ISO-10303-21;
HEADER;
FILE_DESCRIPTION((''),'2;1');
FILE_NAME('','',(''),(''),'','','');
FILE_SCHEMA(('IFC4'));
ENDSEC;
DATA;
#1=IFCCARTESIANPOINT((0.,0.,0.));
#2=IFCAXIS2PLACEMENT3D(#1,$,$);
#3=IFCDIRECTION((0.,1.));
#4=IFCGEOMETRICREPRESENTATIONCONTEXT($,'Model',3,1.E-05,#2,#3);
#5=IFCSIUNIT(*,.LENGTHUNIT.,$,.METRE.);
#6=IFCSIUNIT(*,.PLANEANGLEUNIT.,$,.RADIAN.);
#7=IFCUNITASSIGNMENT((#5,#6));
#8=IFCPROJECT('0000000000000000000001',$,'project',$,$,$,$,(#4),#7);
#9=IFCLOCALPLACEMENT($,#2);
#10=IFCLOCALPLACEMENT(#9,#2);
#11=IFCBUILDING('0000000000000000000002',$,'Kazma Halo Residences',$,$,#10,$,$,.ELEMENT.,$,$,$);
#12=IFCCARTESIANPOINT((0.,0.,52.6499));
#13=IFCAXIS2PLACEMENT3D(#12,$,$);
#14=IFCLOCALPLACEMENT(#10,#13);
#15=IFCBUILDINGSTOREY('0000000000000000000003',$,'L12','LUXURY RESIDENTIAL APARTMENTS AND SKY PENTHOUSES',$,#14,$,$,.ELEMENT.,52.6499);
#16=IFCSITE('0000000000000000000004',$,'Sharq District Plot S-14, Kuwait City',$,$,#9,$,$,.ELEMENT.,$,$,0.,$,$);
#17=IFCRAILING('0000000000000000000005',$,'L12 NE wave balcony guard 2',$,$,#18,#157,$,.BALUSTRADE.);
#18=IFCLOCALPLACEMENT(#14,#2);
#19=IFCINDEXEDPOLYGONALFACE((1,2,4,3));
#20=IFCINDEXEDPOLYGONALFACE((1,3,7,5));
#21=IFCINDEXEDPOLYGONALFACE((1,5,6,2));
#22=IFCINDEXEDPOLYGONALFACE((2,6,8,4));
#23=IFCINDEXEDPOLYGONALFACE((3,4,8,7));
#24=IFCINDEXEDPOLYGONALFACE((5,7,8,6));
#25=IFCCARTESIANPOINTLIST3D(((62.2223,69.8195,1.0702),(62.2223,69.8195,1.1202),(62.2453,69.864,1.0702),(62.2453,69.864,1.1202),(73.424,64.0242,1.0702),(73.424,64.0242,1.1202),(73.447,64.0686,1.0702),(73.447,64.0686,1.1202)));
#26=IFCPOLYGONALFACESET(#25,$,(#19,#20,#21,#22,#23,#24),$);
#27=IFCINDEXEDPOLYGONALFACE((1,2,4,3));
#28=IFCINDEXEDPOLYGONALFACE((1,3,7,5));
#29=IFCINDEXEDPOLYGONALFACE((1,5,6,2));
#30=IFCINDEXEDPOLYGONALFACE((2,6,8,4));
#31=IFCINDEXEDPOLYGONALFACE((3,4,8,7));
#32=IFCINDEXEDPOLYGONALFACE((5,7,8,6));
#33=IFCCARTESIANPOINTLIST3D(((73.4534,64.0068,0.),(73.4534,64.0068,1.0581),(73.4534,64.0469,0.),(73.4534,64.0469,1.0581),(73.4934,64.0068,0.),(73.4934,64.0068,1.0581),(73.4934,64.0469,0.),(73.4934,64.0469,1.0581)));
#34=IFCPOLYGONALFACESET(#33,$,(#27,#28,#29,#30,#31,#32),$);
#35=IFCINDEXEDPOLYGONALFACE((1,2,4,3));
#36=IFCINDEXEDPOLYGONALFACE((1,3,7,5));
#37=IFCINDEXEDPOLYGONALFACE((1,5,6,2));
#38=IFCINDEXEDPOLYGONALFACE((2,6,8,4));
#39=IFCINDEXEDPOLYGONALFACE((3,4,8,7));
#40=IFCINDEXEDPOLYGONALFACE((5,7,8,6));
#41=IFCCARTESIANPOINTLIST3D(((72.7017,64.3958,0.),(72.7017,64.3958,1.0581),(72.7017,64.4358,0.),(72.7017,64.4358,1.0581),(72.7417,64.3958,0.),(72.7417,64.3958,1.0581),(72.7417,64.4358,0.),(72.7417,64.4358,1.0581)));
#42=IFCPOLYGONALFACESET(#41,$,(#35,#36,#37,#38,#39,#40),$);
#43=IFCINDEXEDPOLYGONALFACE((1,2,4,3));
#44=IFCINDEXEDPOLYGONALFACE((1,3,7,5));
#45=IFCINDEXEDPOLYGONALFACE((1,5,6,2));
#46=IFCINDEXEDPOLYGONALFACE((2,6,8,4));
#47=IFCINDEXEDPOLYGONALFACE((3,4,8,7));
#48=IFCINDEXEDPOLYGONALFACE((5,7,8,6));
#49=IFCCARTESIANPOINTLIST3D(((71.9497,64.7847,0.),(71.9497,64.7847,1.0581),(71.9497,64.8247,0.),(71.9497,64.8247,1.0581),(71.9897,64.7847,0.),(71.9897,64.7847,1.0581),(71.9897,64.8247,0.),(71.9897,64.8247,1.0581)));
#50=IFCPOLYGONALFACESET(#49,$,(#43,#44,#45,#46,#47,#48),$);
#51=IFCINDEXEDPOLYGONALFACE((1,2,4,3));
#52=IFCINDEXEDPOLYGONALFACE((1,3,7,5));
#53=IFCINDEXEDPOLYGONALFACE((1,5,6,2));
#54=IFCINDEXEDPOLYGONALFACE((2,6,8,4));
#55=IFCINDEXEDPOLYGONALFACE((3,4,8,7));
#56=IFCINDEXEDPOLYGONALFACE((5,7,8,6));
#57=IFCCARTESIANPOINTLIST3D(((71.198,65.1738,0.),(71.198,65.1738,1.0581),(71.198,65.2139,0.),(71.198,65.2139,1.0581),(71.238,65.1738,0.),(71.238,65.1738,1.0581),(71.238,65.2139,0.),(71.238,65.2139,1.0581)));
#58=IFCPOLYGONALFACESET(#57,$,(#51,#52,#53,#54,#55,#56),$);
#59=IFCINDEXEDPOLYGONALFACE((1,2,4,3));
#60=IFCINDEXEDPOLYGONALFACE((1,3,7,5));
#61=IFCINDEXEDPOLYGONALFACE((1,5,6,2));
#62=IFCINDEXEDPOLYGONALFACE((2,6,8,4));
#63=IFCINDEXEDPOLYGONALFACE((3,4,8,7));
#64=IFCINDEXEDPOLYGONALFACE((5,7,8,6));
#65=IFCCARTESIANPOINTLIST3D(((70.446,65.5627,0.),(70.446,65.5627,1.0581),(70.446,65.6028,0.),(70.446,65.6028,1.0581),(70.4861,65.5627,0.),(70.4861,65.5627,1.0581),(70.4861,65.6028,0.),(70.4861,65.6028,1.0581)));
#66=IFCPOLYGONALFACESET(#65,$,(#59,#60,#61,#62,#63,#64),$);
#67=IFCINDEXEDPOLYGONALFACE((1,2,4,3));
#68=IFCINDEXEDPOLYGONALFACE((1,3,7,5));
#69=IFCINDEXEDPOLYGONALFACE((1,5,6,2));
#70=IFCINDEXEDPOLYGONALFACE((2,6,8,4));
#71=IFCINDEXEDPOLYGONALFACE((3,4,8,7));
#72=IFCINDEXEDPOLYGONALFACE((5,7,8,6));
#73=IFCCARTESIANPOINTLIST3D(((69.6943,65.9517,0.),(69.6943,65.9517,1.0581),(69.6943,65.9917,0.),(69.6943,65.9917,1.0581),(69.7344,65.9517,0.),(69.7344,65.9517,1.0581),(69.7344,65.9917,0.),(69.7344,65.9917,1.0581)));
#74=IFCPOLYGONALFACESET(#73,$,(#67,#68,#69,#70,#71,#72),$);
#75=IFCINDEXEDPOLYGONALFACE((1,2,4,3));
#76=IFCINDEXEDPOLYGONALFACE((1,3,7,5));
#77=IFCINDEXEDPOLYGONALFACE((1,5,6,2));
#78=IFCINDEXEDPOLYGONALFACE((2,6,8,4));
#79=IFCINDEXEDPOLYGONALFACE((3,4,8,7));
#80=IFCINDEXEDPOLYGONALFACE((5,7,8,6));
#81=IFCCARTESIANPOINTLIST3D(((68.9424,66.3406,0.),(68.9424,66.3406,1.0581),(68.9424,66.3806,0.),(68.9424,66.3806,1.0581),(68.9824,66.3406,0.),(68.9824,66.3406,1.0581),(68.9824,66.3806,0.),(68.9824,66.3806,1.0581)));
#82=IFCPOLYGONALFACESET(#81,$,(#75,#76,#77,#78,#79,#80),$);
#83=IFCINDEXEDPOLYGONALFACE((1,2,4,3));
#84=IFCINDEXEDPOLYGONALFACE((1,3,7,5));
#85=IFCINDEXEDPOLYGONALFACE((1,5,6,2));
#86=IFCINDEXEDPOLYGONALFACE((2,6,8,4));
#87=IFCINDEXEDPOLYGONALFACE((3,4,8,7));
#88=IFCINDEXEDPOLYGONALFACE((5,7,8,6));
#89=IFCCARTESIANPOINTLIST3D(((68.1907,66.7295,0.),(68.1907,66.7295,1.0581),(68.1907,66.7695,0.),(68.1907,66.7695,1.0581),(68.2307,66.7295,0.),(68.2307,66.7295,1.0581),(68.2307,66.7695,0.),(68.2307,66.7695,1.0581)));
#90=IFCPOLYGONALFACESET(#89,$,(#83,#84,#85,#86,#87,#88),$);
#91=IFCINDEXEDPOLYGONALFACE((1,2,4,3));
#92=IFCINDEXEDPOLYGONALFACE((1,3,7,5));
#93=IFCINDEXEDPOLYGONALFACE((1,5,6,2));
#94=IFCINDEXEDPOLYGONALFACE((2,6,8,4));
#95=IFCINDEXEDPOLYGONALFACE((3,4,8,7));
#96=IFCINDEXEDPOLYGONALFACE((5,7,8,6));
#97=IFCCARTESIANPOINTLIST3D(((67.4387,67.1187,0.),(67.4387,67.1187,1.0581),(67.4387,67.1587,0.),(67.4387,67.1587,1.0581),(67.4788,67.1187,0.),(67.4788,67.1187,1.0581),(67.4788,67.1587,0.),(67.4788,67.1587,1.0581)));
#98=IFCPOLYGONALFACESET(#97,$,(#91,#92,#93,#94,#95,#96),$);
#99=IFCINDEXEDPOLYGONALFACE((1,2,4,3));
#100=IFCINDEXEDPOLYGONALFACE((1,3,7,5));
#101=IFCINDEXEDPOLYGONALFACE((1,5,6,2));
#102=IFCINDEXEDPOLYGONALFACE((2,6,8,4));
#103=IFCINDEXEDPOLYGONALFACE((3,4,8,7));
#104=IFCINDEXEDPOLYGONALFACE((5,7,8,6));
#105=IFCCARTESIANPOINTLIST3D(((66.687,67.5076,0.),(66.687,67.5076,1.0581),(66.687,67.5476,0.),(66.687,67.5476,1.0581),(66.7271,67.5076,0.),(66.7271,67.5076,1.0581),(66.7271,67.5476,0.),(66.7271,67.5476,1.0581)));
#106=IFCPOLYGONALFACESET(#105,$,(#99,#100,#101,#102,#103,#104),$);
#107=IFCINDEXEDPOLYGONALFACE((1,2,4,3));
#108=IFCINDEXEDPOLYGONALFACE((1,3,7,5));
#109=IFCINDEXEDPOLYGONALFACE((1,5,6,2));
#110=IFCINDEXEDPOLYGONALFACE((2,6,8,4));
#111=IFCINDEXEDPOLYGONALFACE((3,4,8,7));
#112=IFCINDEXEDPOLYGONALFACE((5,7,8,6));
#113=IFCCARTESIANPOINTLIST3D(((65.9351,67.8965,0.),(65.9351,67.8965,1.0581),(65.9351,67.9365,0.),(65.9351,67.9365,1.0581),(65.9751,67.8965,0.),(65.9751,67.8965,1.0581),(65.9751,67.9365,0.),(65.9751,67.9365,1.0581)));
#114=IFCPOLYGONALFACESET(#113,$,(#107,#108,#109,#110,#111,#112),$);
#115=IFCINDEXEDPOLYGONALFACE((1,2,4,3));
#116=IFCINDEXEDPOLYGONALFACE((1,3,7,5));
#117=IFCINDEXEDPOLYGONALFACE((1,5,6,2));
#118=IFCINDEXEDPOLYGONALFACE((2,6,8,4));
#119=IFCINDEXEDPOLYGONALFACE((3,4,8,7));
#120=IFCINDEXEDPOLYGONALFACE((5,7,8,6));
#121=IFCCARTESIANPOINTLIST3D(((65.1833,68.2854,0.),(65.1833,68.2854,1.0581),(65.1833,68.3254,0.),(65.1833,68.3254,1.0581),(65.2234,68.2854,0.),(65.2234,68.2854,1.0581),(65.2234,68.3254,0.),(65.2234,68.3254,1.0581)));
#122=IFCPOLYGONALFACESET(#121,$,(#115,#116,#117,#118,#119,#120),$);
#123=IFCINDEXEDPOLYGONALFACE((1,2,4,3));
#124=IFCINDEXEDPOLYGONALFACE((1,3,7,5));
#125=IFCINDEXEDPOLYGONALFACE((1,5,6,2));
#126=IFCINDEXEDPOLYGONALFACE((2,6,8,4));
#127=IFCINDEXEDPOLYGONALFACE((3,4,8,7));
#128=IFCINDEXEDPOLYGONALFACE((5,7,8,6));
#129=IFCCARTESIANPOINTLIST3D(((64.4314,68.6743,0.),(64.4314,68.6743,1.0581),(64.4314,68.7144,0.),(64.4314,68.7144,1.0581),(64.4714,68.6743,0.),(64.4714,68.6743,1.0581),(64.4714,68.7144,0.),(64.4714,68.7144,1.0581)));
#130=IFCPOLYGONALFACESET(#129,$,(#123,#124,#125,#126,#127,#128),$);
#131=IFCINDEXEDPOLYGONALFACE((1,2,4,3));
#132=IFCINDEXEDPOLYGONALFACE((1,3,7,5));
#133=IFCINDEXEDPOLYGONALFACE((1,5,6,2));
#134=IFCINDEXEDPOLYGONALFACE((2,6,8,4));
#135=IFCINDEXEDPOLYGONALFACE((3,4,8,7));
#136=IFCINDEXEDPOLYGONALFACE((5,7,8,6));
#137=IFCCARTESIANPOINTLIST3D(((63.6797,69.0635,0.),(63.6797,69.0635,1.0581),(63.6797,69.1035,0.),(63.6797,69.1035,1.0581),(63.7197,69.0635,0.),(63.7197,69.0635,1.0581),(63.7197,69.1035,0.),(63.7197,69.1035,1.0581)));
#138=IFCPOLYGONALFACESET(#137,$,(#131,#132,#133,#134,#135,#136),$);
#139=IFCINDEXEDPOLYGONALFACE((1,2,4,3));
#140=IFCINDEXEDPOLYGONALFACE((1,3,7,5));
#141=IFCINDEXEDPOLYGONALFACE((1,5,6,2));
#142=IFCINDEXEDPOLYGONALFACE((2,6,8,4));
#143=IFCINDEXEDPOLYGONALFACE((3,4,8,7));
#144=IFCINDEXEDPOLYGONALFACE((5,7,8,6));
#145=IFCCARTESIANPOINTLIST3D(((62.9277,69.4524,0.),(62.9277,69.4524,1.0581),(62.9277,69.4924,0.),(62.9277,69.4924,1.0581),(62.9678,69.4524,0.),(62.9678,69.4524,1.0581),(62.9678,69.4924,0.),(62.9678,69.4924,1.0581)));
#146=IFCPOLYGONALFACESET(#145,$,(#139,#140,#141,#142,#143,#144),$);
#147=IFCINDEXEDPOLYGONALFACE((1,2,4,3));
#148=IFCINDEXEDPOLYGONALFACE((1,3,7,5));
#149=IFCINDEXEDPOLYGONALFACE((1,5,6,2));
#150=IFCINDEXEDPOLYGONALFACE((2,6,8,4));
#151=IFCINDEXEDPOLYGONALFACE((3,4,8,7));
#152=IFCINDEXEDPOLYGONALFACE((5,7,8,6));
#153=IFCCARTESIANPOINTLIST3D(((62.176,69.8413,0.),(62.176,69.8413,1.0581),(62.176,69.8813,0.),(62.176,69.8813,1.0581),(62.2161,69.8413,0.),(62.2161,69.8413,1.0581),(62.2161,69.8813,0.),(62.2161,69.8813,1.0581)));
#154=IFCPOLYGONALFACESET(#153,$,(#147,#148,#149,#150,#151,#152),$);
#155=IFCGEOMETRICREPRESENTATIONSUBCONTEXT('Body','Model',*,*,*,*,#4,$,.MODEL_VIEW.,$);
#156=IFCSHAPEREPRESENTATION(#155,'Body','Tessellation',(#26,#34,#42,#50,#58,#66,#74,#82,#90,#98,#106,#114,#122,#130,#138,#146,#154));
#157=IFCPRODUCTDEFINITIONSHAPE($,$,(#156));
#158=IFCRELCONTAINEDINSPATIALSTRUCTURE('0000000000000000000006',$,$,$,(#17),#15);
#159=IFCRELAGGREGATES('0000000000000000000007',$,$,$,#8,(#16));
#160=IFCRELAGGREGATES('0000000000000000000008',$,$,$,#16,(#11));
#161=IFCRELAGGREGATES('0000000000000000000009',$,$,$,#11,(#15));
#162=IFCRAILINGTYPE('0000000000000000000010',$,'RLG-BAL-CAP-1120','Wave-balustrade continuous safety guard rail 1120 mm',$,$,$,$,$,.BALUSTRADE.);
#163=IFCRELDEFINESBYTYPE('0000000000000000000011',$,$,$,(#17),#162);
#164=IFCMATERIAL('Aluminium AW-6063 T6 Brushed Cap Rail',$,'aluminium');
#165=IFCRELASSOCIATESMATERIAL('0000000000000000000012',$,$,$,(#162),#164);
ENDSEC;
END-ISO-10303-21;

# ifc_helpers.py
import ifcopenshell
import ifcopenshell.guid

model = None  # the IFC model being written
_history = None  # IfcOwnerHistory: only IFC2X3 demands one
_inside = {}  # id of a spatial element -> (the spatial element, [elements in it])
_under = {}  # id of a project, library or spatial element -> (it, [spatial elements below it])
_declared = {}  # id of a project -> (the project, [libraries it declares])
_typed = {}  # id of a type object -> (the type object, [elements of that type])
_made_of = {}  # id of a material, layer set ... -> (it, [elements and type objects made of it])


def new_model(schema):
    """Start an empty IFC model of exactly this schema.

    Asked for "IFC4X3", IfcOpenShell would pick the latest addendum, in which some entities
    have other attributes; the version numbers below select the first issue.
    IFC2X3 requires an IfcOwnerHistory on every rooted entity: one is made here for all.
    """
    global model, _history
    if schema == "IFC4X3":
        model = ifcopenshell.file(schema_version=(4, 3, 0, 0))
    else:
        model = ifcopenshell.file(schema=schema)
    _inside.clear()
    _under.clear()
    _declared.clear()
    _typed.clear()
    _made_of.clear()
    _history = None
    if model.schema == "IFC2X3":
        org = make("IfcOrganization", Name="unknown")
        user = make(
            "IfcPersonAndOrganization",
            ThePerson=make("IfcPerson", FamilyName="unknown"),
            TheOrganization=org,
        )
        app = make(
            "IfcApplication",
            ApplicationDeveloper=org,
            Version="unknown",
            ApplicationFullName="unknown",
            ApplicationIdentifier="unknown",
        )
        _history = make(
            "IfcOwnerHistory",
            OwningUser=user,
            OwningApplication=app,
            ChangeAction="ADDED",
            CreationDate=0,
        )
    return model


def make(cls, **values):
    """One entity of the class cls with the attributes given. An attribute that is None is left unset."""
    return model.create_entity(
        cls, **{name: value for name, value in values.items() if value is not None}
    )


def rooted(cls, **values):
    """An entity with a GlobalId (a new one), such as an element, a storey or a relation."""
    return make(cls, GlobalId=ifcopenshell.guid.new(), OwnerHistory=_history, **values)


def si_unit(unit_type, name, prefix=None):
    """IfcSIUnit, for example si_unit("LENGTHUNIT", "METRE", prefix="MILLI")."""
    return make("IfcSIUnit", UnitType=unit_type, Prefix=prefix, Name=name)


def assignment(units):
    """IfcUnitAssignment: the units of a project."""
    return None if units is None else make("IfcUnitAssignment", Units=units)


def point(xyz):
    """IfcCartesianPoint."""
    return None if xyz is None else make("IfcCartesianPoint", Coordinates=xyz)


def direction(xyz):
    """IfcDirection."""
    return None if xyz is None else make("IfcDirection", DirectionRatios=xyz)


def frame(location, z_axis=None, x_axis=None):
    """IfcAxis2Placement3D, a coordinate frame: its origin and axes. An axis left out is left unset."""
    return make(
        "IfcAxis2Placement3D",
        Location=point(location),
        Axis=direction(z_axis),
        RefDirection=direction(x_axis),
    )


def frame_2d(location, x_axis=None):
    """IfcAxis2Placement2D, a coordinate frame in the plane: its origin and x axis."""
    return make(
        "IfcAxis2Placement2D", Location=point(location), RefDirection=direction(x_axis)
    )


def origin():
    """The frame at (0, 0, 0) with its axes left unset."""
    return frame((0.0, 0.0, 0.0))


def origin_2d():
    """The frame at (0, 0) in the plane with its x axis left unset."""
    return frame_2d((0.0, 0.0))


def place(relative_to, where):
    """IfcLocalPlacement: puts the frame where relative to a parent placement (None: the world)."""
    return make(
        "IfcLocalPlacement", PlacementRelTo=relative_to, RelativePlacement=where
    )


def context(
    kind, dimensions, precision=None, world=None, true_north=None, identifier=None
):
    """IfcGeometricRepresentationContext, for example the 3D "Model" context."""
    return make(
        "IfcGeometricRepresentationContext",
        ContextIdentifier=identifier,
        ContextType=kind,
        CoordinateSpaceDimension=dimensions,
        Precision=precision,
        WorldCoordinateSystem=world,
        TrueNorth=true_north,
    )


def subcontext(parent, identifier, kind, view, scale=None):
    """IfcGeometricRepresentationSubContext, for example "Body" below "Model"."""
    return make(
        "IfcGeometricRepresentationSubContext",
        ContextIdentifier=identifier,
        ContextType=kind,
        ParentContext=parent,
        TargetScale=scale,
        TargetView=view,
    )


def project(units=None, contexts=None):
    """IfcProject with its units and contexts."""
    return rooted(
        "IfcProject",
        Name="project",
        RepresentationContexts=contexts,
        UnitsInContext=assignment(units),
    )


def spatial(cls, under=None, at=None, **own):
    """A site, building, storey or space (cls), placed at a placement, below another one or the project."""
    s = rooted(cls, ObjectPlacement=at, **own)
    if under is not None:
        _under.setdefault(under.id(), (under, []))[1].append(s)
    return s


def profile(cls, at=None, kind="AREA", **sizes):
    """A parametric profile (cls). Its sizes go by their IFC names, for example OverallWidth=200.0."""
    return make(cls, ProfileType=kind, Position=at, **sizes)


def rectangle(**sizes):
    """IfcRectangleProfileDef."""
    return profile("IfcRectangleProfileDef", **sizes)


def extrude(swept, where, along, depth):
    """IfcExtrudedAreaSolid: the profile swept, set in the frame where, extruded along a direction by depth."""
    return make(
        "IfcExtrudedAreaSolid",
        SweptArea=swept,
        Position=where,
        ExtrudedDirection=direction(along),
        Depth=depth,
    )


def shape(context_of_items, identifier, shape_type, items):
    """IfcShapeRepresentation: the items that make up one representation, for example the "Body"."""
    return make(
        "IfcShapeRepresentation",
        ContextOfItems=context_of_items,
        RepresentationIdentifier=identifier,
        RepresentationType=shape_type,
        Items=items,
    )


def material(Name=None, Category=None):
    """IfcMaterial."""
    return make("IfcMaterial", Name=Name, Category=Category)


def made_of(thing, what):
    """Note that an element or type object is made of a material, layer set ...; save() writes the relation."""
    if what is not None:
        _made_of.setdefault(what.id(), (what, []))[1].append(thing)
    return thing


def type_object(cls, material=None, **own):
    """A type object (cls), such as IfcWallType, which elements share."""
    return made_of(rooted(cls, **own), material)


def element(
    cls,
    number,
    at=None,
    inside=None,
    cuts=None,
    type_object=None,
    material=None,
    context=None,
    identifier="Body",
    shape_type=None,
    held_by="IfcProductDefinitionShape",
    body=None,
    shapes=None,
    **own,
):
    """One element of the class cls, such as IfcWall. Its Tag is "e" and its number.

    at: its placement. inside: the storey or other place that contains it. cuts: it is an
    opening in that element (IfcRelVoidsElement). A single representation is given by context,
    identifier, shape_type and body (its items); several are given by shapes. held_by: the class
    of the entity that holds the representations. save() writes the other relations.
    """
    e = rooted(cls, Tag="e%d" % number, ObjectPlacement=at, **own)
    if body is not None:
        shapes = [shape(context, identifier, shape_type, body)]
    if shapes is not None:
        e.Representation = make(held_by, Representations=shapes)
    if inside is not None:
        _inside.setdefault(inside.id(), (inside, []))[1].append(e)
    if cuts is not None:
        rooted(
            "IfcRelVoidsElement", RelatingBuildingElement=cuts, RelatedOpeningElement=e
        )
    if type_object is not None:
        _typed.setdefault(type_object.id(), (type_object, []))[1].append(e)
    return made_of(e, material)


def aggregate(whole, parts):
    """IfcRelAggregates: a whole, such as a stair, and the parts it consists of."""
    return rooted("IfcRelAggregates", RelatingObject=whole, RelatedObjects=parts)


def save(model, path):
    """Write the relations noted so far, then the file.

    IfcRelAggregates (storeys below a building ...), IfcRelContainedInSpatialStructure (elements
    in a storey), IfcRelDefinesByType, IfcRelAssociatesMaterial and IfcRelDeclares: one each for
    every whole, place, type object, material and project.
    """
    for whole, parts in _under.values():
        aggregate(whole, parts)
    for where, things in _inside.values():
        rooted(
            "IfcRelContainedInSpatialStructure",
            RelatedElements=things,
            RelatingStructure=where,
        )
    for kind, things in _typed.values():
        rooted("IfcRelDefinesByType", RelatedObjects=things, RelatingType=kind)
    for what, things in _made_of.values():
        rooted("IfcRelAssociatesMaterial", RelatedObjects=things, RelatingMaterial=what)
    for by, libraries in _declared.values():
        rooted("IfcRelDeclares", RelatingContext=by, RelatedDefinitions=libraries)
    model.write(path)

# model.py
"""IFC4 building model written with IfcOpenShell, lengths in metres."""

from ifc_helpers import new_model, si_unit, direction, frame, origin, origin_2d, place, context, subcontext, project, spatial, rectangle, extrude, material, type_object, element, save


model = new_model("IFC4")

# Units and contexts
model_context = context("Model", 3, precision=1e-05, world=origin(), true_north=direction((0.0, 1.0)))
body_context = subcontext(model_context, "Body", "Model", "MODEL_VIEW")
ifc_project = project(units=[si_unit("LENGTHUNIT", "METRE"), si_unit("PLANEANGLEUNIT", "RADIAN")], contexts=[model_context])

# Site, building, storey
site_placement = place(None, origin())
site = spatial("IfcSite", under=ifc_project, at=site_placement, Name="Sharq District Plot S-14, Kuwait City", CompositionType="ELEMENT", RefElevation=0.0)
building_placement = place(site_placement, origin())
building = spatial("IfcBuilding", under=site, at=building_placement, Name="Kazma Halo Residences", CompositionType="ELEMENT")
storey_placement = place(building_placement, frame((0.0, 0.0, 52.6499)))
storey = spatial("IfcBuildingStorey", under=building, at=storey_placement, Name="L12", Description="LUXURY RESIDENTIAL APARTMENTS AND SKY PENTHOUSES", CompositionType="ELEMENT", Elevation=52.6499)

# Railing
ifc_material_1 = material(Name="Aluminium AW-6063 T6 Brushed Cap Rail", Category="aluminium")
railing_type = type_object("IfcRailingType", Name="RLG-BAL-CAP-1120", Description="Wave-balustrade continuous safety guard rail 1120 mm", PredefinedType="BALUSTRADE", material=ifc_material_1)
railing_1_placement = place(storey_placement, frame((73.4734, 64.0269, 0.0)))
element("IfcRailing", 1, at=railing_1_placement, inside=storey, type_object=railing_type, Name="L12 NE wave balcony guard 2", PredefinedType="BALUSTRADE", context=body_context, shape_type="SweptSolid", body=[
    extrude(rectangle(XDim=0.05, YDim=0.05, at=origin_2d()), frame((-0.0378, 0.0195, 1.0952), z_axis=(-0.888174, 0.459508, 0.0), x_axis=(-0.459508, -0.888174, 0.0)), (0.0, 0.0, 1.0), 12.6121),
    extrude(rectangle(XDim=0.04, YDim=0.04, at=origin_2d()), origin(), (0.0, 0.0, 1.0), 1.0581),
    extrude(rectangle(XDim=0.04, YDim=0.04, at=origin_2d()), frame((-0.7517, 0.3889, 0.0)), (0.0, 0.0, 1.0), 1.0581),
    extrude(rectangle(XDim=0.04, YDim=0.04, at=origin_2d()), frame((-1.5037, 0.7778, 0.0)), (0.0, 0.0, 1.0), 1.0581),
    extrude(rectangle(XDim=0.04, YDim=0.04, at=origin_2d()), frame((-2.2554, 1.167, 0.0)), (0.0, 0.0, 1.0), 1.0581),
    extrude(rectangle(XDim=0.04, YDim=0.04, at=origin_2d()), frame((-3.0073, 1.5559, 0.0)), (0.0, 0.0, 1.0), 1.0581),
    extrude(rectangle(XDim=0.04, YDim=0.04, at=origin_2d()), frame((-3.759, 1.9448, 0.0)), (0.0, 0.0, 1.0), 1.0581),
    extrude(rectangle(XDim=0.04, YDim=0.04, at=origin_2d()), frame((-4.511, 2.3337, 0.0)), (0.0, 0.0, 1.0), 1.0581),
    extrude(rectangle(XDim=0.04, YDim=0.04, at=origin_2d()), frame((-5.2627, 2.7227, 0.0)), (0.0, 0.0, 1.0), 1.0581),
    extrude(rectangle(XDim=0.04, YDim=0.04, at=origin_2d()), frame((-6.0146, 3.1118, 0.0)), (0.0, 0.0, 1.0), 1.0581),
    extrude(rectangle(XDim=0.04, YDim=0.04, at=origin_2d()), frame((-6.7664, 3.5007, 0.0)), (0.0, 0.0, 1.0), 1.0581),
    extrude(rectangle(XDim=0.04, YDim=0.04, at=origin_2d()), frame((-7.5183, 3.8896, 0.0)), (0.0, 0.0, 1.0), 1.0581),
    extrude(rectangle(XDim=0.04, YDim=0.04, at=origin_2d()), frame((-8.27, 4.2786, 0.0)), (0.0, 0.0, 1.0), 1.0581),
    extrude(rectangle(XDim=0.04, YDim=0.04, at=origin_2d()), frame((-9.022, 4.6675, 0.0)), (0.0, 0.0, 1.0), 1.0581),
    extrude(rectangle(XDim=0.04, YDim=0.04, at=origin_2d()), frame((-9.7737, 5.0566, 0.0)), (0.0, 0.0, 1.0), 1.0581),
    extrude(rectangle(XDim=0.04, YDim=0.04, at=origin_2d()), frame((-10.5256, 5.4456, 0.0)), (0.0, 0.0, 1.0), 1.0581),
    extrude(rectangle(XDim=0.04, YDim=0.04, at=origin_2d()), frame((-11.2773, 5.8345, 0.0)), (0.0, 0.0, 1.0), 1.0581),
])

save(model, "model.ifc")
